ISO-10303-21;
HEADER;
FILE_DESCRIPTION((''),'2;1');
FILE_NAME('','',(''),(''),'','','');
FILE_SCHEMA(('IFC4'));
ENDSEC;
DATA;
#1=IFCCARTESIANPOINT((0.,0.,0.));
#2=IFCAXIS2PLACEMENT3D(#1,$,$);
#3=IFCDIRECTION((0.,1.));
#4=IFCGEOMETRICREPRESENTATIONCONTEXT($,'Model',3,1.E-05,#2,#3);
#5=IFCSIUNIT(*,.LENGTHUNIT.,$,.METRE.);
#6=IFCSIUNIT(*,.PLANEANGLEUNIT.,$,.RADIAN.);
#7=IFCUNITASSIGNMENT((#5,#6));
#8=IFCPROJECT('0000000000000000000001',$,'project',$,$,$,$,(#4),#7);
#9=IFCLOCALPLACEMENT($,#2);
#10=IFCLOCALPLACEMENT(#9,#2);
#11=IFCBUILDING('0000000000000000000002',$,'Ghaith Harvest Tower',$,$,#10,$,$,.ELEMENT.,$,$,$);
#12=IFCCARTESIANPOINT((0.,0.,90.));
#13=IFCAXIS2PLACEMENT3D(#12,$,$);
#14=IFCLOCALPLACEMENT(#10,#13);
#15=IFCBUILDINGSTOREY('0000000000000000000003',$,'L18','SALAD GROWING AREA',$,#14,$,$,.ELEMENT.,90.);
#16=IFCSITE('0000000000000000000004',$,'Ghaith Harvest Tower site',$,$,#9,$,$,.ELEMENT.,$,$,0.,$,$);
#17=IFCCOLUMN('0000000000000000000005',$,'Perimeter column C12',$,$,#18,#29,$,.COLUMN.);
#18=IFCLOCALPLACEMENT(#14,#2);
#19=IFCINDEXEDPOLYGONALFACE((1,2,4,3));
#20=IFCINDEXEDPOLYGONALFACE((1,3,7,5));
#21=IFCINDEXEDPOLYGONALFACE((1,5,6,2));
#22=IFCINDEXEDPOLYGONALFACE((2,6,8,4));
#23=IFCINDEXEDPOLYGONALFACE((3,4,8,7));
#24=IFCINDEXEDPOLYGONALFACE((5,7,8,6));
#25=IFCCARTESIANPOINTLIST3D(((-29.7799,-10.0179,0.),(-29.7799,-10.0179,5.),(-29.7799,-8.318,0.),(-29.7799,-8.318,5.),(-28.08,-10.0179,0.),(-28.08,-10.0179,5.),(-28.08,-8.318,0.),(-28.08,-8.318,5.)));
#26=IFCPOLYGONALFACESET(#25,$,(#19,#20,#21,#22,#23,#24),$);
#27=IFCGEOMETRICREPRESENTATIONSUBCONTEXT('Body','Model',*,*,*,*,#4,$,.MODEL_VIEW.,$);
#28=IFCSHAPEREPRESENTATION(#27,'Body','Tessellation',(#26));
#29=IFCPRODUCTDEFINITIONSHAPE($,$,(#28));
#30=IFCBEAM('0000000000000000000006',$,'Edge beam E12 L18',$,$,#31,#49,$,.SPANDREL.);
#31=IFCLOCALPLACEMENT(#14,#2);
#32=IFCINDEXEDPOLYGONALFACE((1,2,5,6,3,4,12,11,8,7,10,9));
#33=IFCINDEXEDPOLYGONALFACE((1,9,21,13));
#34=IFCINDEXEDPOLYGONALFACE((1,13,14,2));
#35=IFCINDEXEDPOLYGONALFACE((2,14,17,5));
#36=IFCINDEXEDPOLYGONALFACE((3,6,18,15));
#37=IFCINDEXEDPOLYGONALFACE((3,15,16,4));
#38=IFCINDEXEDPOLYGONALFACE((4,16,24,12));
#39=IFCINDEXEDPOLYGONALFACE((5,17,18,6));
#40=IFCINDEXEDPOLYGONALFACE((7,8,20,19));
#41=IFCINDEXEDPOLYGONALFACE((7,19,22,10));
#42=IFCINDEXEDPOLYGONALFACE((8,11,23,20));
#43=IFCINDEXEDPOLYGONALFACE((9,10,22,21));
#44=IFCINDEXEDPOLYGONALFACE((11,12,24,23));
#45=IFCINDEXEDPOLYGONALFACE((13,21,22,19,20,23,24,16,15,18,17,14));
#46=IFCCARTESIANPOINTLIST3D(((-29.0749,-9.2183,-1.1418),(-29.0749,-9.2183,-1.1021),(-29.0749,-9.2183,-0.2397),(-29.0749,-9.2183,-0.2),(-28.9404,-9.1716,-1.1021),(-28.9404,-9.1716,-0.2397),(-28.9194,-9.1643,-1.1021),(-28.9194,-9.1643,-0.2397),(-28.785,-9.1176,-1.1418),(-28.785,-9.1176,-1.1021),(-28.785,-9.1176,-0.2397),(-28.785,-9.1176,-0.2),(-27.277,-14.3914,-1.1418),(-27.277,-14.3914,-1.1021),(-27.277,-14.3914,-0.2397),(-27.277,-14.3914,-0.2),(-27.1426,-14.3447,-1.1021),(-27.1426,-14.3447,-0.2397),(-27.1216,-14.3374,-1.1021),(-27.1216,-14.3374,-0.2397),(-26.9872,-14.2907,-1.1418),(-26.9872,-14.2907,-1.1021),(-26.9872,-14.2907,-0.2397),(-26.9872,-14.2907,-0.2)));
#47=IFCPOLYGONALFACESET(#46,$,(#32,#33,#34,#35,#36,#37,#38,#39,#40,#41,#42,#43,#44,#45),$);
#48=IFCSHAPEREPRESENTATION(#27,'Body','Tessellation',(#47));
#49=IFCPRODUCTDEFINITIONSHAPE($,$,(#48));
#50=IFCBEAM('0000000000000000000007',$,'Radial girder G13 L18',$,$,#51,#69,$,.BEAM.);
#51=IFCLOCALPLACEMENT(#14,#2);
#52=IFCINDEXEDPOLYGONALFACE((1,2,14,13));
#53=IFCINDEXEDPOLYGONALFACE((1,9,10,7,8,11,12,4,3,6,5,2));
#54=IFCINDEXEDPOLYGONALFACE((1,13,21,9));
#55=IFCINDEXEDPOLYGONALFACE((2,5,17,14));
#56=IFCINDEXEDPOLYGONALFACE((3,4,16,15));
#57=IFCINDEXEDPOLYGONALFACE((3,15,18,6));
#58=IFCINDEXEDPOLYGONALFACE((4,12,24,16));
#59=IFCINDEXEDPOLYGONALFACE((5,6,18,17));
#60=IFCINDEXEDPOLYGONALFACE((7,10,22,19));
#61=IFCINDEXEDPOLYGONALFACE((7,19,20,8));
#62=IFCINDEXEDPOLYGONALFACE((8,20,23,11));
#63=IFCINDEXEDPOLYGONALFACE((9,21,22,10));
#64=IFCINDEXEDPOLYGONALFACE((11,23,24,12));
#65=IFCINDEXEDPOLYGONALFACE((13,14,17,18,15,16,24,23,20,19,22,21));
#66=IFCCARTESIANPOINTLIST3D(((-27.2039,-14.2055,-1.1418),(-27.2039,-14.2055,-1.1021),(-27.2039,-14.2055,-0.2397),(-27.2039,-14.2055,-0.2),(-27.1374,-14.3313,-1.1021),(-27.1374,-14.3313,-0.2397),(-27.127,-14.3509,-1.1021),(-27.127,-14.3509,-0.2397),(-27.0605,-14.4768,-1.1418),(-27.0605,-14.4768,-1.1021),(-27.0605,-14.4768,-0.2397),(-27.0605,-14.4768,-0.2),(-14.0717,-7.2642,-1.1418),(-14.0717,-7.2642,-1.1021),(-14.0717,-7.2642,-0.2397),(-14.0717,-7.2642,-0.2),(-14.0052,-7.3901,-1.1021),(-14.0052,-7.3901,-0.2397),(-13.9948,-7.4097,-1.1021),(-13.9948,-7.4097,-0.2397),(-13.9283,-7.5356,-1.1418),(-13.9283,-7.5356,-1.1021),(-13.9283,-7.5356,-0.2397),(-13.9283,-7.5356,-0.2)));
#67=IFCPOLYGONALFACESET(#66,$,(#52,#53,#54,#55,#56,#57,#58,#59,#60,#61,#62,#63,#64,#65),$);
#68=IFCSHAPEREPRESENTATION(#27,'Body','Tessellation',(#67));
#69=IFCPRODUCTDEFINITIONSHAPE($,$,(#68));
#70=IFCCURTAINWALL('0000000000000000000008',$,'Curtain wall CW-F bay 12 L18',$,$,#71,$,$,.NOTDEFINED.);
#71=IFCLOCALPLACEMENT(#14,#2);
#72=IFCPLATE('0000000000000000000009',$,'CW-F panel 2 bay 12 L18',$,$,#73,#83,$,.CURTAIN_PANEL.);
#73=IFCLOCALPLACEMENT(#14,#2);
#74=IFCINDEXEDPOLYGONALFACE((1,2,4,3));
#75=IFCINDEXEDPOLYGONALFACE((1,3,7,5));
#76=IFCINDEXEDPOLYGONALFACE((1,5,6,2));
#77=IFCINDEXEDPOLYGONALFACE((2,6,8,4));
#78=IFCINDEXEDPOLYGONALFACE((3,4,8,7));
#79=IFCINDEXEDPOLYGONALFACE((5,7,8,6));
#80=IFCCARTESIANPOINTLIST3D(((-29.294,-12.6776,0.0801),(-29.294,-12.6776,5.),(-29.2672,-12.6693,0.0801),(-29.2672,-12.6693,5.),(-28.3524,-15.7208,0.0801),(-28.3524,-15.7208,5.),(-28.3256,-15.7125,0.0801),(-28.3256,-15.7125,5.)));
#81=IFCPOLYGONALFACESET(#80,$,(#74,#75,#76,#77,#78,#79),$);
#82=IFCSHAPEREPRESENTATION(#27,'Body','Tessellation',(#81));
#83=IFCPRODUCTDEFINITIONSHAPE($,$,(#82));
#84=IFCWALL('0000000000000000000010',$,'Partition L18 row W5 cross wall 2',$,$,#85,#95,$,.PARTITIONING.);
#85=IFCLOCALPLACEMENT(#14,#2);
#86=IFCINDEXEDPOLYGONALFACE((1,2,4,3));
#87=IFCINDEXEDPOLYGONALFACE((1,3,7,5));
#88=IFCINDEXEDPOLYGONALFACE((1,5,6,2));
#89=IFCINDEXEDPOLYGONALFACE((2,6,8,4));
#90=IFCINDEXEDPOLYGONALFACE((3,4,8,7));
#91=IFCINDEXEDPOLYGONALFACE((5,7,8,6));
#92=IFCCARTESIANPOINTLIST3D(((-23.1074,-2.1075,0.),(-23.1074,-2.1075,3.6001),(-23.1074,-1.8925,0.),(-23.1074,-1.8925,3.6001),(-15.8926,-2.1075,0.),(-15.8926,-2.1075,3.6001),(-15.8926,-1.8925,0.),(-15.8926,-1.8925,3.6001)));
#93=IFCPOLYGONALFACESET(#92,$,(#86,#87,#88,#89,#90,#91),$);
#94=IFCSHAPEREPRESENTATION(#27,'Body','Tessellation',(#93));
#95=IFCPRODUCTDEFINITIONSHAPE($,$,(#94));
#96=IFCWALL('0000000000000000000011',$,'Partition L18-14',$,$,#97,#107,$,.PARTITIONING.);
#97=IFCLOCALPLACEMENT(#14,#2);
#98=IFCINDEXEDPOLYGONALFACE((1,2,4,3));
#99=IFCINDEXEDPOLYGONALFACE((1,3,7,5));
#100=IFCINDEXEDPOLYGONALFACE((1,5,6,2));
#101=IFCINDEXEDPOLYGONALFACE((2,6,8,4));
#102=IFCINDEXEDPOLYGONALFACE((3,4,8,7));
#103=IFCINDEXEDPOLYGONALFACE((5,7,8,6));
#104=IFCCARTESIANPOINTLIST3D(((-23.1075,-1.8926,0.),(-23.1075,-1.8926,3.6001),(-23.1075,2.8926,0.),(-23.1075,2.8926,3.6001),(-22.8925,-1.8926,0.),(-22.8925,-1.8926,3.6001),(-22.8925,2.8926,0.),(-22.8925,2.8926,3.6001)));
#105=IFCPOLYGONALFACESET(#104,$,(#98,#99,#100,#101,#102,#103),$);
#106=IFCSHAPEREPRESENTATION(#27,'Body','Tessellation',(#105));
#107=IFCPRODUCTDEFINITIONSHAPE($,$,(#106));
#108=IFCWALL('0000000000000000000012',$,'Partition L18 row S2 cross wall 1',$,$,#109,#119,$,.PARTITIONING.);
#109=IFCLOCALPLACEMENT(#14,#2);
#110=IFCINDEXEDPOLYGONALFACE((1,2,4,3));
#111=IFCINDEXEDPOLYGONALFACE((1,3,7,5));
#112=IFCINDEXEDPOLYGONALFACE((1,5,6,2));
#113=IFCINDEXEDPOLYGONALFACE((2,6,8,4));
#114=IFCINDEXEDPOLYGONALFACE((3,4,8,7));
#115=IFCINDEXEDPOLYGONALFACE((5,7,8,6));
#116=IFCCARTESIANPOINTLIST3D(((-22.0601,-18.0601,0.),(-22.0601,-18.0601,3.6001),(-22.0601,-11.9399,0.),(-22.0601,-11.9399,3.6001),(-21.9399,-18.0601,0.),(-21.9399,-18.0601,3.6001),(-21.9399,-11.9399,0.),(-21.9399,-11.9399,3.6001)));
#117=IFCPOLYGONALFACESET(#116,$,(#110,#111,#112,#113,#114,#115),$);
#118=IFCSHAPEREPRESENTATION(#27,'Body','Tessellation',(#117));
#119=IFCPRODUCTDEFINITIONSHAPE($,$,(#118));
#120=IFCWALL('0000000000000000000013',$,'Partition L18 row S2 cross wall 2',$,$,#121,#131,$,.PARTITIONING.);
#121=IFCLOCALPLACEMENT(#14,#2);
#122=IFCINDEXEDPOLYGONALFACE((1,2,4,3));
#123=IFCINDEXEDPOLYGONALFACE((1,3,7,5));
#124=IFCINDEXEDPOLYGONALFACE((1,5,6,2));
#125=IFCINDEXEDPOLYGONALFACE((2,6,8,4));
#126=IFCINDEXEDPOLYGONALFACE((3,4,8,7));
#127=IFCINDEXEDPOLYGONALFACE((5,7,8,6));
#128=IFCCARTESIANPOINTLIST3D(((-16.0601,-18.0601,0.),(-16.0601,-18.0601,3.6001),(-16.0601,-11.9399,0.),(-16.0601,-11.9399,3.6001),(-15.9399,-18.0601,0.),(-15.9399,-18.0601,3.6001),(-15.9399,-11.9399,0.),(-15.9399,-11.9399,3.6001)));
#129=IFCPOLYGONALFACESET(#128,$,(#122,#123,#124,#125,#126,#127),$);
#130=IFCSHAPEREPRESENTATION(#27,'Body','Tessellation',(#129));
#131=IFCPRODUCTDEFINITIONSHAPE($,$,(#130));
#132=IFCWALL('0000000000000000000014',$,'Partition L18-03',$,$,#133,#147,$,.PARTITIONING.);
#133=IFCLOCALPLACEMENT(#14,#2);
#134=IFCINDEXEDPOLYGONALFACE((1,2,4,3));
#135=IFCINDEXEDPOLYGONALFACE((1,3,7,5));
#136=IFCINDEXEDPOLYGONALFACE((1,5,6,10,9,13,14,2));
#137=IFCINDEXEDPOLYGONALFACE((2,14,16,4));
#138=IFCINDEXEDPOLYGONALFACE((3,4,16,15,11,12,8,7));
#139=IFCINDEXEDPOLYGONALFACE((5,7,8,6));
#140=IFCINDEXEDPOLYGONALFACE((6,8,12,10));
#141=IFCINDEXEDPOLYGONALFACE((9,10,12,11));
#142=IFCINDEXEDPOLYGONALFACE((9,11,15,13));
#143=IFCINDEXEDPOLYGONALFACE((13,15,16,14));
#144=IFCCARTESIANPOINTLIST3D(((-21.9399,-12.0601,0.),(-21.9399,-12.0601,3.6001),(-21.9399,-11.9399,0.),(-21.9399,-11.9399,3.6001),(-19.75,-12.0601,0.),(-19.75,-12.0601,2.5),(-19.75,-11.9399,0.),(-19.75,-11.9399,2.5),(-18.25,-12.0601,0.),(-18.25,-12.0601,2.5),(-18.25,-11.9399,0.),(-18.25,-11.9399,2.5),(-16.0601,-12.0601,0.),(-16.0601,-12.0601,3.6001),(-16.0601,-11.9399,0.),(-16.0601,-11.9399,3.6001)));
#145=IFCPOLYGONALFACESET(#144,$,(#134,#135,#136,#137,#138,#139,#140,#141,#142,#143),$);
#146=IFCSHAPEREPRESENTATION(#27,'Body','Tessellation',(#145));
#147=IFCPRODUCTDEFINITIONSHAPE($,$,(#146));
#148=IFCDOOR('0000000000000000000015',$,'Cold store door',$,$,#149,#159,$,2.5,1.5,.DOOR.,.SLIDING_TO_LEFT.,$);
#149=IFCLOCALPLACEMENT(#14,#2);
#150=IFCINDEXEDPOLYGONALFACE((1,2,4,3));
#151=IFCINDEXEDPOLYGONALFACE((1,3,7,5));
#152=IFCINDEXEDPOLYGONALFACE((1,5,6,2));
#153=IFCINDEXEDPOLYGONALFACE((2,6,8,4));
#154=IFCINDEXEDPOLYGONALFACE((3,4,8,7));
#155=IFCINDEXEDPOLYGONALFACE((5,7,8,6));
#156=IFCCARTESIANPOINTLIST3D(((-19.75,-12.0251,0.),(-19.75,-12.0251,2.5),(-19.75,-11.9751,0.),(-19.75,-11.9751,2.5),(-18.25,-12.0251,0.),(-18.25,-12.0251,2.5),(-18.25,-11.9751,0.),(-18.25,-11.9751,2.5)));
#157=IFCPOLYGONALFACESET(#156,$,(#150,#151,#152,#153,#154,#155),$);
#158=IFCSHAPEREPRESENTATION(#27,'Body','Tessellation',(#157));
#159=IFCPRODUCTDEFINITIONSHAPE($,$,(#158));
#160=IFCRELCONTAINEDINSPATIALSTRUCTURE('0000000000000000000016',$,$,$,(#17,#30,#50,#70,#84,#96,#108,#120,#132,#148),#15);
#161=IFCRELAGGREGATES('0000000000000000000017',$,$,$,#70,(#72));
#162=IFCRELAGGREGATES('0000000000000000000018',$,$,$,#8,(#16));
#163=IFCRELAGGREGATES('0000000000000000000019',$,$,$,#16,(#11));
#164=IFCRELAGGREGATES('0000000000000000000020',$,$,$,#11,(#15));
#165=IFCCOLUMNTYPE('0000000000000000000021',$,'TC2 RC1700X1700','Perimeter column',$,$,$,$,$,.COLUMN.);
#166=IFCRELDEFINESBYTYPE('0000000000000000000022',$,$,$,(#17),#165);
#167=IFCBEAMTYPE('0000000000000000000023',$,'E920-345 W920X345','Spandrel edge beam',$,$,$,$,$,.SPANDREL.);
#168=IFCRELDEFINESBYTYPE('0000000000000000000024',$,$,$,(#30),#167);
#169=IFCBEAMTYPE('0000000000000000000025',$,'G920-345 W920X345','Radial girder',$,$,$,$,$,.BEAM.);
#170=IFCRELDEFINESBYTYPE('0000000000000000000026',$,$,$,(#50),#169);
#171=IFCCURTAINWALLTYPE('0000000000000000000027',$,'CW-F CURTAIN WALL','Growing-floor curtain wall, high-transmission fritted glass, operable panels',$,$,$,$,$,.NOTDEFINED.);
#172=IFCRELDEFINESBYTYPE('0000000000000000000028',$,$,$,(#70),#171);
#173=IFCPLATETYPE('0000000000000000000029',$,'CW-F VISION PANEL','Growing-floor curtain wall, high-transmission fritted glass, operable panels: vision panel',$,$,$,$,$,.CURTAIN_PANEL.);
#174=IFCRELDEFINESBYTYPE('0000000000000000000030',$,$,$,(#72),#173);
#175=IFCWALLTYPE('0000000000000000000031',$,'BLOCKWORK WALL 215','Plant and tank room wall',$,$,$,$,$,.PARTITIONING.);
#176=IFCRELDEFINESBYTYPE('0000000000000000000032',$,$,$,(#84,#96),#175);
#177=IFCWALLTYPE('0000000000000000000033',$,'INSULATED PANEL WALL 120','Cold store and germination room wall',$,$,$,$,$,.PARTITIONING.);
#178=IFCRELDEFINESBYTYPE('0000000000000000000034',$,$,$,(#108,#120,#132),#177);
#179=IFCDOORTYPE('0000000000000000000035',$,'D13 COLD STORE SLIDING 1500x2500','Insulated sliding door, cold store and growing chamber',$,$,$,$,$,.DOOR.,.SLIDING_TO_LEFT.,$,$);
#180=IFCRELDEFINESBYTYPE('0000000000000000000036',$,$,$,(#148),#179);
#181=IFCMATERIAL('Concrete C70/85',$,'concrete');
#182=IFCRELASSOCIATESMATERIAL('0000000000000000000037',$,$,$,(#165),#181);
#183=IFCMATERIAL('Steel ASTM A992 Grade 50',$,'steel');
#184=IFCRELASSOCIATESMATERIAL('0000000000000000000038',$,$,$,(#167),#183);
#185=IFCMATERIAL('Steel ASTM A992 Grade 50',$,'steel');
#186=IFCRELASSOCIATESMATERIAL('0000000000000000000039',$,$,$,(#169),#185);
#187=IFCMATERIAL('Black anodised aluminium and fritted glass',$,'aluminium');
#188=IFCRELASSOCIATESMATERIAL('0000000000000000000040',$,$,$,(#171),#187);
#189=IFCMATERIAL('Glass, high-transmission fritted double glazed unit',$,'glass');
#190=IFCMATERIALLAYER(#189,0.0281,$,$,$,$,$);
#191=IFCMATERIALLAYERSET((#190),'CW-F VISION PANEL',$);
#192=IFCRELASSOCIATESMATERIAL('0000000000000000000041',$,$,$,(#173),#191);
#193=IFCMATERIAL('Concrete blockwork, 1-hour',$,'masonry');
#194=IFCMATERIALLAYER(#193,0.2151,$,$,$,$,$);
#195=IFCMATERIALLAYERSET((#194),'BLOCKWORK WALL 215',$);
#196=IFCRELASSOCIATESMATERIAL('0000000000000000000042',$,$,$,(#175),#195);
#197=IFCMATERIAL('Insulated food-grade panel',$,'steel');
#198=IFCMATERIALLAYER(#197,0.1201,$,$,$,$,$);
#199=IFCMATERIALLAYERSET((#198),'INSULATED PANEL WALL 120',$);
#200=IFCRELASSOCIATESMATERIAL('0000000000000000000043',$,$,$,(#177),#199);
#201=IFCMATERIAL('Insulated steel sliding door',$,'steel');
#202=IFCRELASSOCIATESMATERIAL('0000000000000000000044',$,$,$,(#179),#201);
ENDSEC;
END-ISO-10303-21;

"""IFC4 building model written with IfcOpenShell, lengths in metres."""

from ifc_helpers import new_model, si_unit, direction, frame, frame_2d, origin, origin_2d, place, context, subcontext, project, spatial, rectangle, i_section, extrude, material, layer, layer_set, material_profile, profile_set, type_object, element, fill, aggregate, save


model = new_model("IFC4")

# Units and contexts
model_context = context("Model", 3, precision=1e-05, world=origin(), true_north=direction((0.0, 1.0)))
body_context = subcontext(model_context, "Body", "Model", "MODEL_VIEW")
ifc_project = project(units=[si_unit("LENGTHUNIT", "METRE"), si_unit("PLANEANGLEUNIT", "RADIAN")], contexts=[model_context])

# Site, building, storey
site_placement = place(None, origin())
site = spatial("IfcSite", under=ifc_project, at=site_placement, Name="Ghaith Harvest Tower site", CompositionType="ELEMENT", RefElevation=0.0)
building_placement = place(site_placement, origin())
building = spatial("IfcBuilding", under=site, at=building_placement, Name="Ghaith Harvest Tower", CompositionType="ELEMENT")
storey_placement = place(building_placement, frame((0.0, 0.0, 90.0)))
storey = spatial("IfcBuildingStorey", under=building, at=storey_placement, Name="L18", Description="SALAD GROWING AREA", CompositionType="ELEMENT", Elevation=90.0)

# Column
ifc_material_1 = material(Name="Concrete C70/85", Category="concrete")
ifc_material_profile_1 = material_profile(ifc_material_1, rectangle(XDim=1.7, YDim=1.7, at=origin_2d()), Name="RC1700X1700")
ifc_profile_set_1 = profile_set([ifc_material_profile_1], Name="Concrete C70/85")
column_type = type_object("IfcColumnType", Name="TC2 RC1700X1700", Description="Perimeter column", PredefinedType="COLUMN", material=ifc_profile_set_1)
column_placement = place(storey_placement, frame((-28.9299, -9.168, 0.0), z_axis=(0.0, 0.0, 1.0), x_axis=(1.0, 0.0, 0.0)))
element("IfcColumn", 1, at=column_placement, inside=storey, type_object=column_type, Name="Perimeter column C12", PredefinedType="COLUMN", context=body_context, shape_type="SweptSolid", body=[
    extrude(rectangle(XDim=1.7, YDim=1.7, at=origin_2d()), origin(), (0.0, 0.0, 1.0), 5.0),
])

# Beams
ifc_material_2 = material(Name="Steel ASTM A992 Grade 50", Category="steel")
ifc_material_profile_2 = material_profile(ifc_material_2, i_section(OverallWidth=0.3069, OverallDepth=0.9419, WebThickness=0.0222, FlangeThickness=0.0398, at=origin_2d()), Name="W920X345")
ifc_profile_set_2 = profile_set([ifc_material_profile_2], Name="Steel ASTM A992 Grade 50")
beam_type_1 = type_object("IfcBeamType", Name="E920-345 W920X345", Description="Spandrel edge beam", PredefinedType="SPANDREL", material=ifc_profile_set_2)
beam_1_placement = place(storey_placement, frame((-28.9299, -9.168, -0.6709), z_axis=(0.328279, -0.944581, 0.0), x_axis=(0.944581, 0.328279, 0.0)))
element("IfcBeam", 2, at=beam_1_placement, inside=storey, type_object=beam_type_1, Name="Edge beam E12 L18", PredefinedType="SPANDREL", context=body_context, shape_type="SweptSolid", body=[
    extrude(i_section(OverallWidth=0.3069, OverallDepth=0.9419, WebThickness=0.0222, FlangeThickness=0.0398, at=origin_2d()), origin(), (0.0, 0.0, 1.0), 5.4766),
])
ifc_material_3 = material(Name="Steel ASTM A992 Grade 50", Category="steel")
ifc_material_profile_3 = material_profile(ifc_material_3, i_section(OverallWidth=0.3069, OverallDepth=0.9419, WebThickness=0.0222, FlangeThickness=0.0398, at=origin_2d()), Name="W920X345")
ifc_profile_set_3 = profile_set([ifc_material_profile_3], Name="Steel ASTM A992 Grade 50")
beam_type_2 = type_object("IfcBeamType", Name="G920-345 W920X345", Description="Radial girder", PredefinedType="BEAM", material=ifc_profile_set_3)
beam_2_placement = place(storey_placement, frame((-14.0, -7.3999, -0.6709), z_axis=(-0.884097, -0.467303, 0.0), x_axis=(0.467303, -0.884097, 0.0)))
element("IfcBeam", 3, at=beam_2_placement, inside=storey, type_object=beam_type_2, Name="Radial girder G13 L18", PredefinedType="BEAM", context=body_context, shape_type="SweptSolid", body=[
    extrude(i_section(OverallWidth=0.3069, OverallDepth=0.9419, WebThickness=0.0222, FlangeThickness=0.0398, at=origin_2d()), origin(), (0.0, 0.0, 1.0), 14.8538),
])

# Curtain wall, plate
ifc_material_4 = material(Name="Black anodised aluminium and fritted glass", Category="aluminium")
curtain_wall_type = type_object("IfcCurtainWallType", Name="CW-F CURTAIN WALL", Description="Growing-floor curtain wall, high-transmission fritted glass, operable panels", PredefinedType="NOTDEFINED", material=ifc_material_4)
curtain_wall_placement = place(storey_placement, origin())
curtain_wall = element("IfcCurtainWall", 4, at=curtain_wall_placement, inside=storey, type_object=curtain_wall_type, Name="Curtain wall CW-F bay 12 L18", PredefinedType="NOTDEFINED")
ifc_material_5 = material(Name="Glass, high-transmission fritted double glazed unit", Category="glass")
ifc_layer_1 = layer(ifc_material_5, 0.0281)
ifc_layer_set_1 = layer_set([ifc_layer_1], Name="CW-F VISION PANEL")
plate_type = type_object("IfcPlateType", Name="CW-F VISION PANEL", Description="Growing-floor curtain wall, high-transmission fritted glass, operable panels: vision panel", PredefinedType="CURTAIN_PANEL", material=ifc_layer_set_1)
plate_placement = place(storey_placement, frame((-28.8098, -14.1951, 0.0801), z_axis=(0.0, 0.0, 1.0), x_axis=(0.295583, -0.955317, 0.0)))
plate = element("IfcPlate", 5, at=plate_placement, type_object=plate_type, Name="CW-F panel 2 bay 12 L18", PredefinedType="CURTAIN_PANEL", context=body_context, shape_type="SweptSolid", body=[
    extrude(rectangle(XDim=3.1855, YDim=0.0281, at=origin_2d()), origin(), (0.0, 0.0, 1.0), 4.9199),
])
aggregate(curtain_wall, [plate])

# Wall
ifc_material_6 = material(Name="Concrete blockwork, 1-hour", Category="masonry")
ifc_layer_2 = layer(ifc_material_6, 0.2151)
ifc_layer_set_2 = layer_set([ifc_layer_2], Name="BLOCKWORK WALL 215")
wall_type_1 = type_object("IfcWallType", Name="BLOCKWORK WALL 215", Description="Plant and tank room wall", PredefinedType="PARTITIONING", material=ifc_layer_set_2)
wall_1_placement = place(storey_placement, frame((-15.8926, -2.0, 0.0), z_axis=(0.0, 0.0, 1.0), x_axis=(-1.0, 0.0, 0.0)))
element("IfcWall", 6, at=wall_1_placement, inside=storey, type_object=wall_type_1, Name="Partition L18 row W5 cross wall 2", PredefinedType="PARTITIONING", context=body_context, shape_type="SweptSolid", body=[
    extrude(rectangle(XDim=7.2148, YDim=0.2151, at=frame_2d((3.6074, 0.0))), origin(), (0.0, 0.0, 1.0), 3.6001),
])

# Wall
wall_2_placement = place(storey_placement, frame((-23.0, -1.8926, 0.0), z_axis=(0.0, 0.0, 1.0), x_axis=(0.0, 1.0, 0.0)))
element("IfcWall", 7, at=wall_2_placement, inside=storey, type_object=wall_type_1, Name="Partition L18-14", PredefinedType="PARTITIONING", context=body_context, shape_type="SweptSolid", body=[
    extrude(rectangle(XDim=4.7852, YDim=0.2151, at=frame_2d((2.3926, 0.0))), origin(), (0.0, 0.0, 1.0), 3.6001),
])

# Walls
ifc_material_7 = material(Name="Insulated food-grade panel", Category="steel")
ifc_layer_3 = layer(ifc_material_7, 0.1201)
ifc_layer_set_3 = layer_set([ifc_layer_3], Name="INSULATED PANEL WALL 120")
wall_type_2 = type_object("IfcWallType", Name="INSULATED PANEL WALL 120", Description="Cold store and germination room wall", PredefinedType="PARTITIONING", material=ifc_layer_set_3)
for number, where, z_axis, x_axis, name in (
    (8, (-22.0, -11.9399, 0.0), (0.0, 0.0, 1.0), (0.0, -1.0, 0.0), "Partition L18 row S2 cross wall 1"),
    (9, (-16.0, -11.9399, 0.0), (0.0, 0.0, 1.0), (0.0, -1.0, 0.0), "Partition L18 row S2 cross wall 2"),
):
    element("IfcWall", number, at=place(storey_placement, frame(where, z_axis=z_axis, x_axis=x_axis)), inside=storey, type_object=wall_type_2, Name=name, PredefinedType="PARTITIONING", context=body_context, shape_type="SweptSolid", body=[
        extrude(rectangle(XDim=6.1201, YDim=0.1201, at=frame_2d((3.0601, 0.0))), origin(), (0.0, 0.0, 1.0), 3.6001),
    ])

# Wall, opening, door
wall_3_placement = place(storey_placement, frame((-21.9399, -12.0, 0.0), z_axis=(0.0, 0.0, 1.0), x_axis=(1.0, 0.0, 0.0)))
wall_3 = element("IfcWall", 10, at=wall_3_placement, inside=storey, type_object=wall_type_2, Name="Partition L18-03", PredefinedType="PARTITIONING", context=body_context, shape_type="SweptSolid", body=[
    extrude(rectangle(XDim=5.8799, YDim=0.1201, at=frame_2d((2.9399, 0.0))), origin(), (0.0, 0.0, 1.0), 3.6001),
])
opening_1_placement = place(wall_3_placement, frame((2.1899, 0.0, 0.0)))
opening_1 = element("IfcOpeningElement", 11, at=opening_1_placement, cuts=wall_3, PredefinedType="OPENING", context=body_context, shape_type="SweptSolid", body=[
    extrude(rectangle(XDim=1.5, YDim=2.5, at=frame_2d((0.75, 1.25))), frame((0.0, 0.0701, 0.0), z_axis=(0.0, -1.0, 0.0), x_axis=(1.0, 0.0, 0.0)), (0.0, 0.0, 1.0), 0.1401),
])
ifc_material_8 = material(Name="Insulated steel sliding door", Category="steel")
door_type_1 = type_object("IfcDoorType", Name="D13 COLD STORE SLIDING 1500x2500", Description="Insulated sliding door, cold store and growing chamber", OperationType="SLIDING_TO_LEFT", PredefinedType="DOOR", material=ifc_material_8)
door_1_placement = place(opening_1_placement, origin())
door_1 = element("IfcDoor", 12, at=door_1_placement, inside=storey, type_object=door_type_1, Name="Cold store door", OperationType="SLIDING_TO_LEFT", OverallHeight=2.5, OverallWidth=1.5, PredefinedType="DOOR", context=body_context, shape_type="SweptSolid", body=[
    extrude(rectangle(XDim=1.5, YDim=2.5, at=frame_2d((0.75, 1.25))), frame((0.0, 0.0249, 0.0), z_axis=(0.0, -1.0, 0.0), x_axis=(1.0, 0.0, 0.0)), (0.0, 0.0, 1.0), 0.05),
])
fill(opening_1, door_1)

save(model, "model.ifc")
